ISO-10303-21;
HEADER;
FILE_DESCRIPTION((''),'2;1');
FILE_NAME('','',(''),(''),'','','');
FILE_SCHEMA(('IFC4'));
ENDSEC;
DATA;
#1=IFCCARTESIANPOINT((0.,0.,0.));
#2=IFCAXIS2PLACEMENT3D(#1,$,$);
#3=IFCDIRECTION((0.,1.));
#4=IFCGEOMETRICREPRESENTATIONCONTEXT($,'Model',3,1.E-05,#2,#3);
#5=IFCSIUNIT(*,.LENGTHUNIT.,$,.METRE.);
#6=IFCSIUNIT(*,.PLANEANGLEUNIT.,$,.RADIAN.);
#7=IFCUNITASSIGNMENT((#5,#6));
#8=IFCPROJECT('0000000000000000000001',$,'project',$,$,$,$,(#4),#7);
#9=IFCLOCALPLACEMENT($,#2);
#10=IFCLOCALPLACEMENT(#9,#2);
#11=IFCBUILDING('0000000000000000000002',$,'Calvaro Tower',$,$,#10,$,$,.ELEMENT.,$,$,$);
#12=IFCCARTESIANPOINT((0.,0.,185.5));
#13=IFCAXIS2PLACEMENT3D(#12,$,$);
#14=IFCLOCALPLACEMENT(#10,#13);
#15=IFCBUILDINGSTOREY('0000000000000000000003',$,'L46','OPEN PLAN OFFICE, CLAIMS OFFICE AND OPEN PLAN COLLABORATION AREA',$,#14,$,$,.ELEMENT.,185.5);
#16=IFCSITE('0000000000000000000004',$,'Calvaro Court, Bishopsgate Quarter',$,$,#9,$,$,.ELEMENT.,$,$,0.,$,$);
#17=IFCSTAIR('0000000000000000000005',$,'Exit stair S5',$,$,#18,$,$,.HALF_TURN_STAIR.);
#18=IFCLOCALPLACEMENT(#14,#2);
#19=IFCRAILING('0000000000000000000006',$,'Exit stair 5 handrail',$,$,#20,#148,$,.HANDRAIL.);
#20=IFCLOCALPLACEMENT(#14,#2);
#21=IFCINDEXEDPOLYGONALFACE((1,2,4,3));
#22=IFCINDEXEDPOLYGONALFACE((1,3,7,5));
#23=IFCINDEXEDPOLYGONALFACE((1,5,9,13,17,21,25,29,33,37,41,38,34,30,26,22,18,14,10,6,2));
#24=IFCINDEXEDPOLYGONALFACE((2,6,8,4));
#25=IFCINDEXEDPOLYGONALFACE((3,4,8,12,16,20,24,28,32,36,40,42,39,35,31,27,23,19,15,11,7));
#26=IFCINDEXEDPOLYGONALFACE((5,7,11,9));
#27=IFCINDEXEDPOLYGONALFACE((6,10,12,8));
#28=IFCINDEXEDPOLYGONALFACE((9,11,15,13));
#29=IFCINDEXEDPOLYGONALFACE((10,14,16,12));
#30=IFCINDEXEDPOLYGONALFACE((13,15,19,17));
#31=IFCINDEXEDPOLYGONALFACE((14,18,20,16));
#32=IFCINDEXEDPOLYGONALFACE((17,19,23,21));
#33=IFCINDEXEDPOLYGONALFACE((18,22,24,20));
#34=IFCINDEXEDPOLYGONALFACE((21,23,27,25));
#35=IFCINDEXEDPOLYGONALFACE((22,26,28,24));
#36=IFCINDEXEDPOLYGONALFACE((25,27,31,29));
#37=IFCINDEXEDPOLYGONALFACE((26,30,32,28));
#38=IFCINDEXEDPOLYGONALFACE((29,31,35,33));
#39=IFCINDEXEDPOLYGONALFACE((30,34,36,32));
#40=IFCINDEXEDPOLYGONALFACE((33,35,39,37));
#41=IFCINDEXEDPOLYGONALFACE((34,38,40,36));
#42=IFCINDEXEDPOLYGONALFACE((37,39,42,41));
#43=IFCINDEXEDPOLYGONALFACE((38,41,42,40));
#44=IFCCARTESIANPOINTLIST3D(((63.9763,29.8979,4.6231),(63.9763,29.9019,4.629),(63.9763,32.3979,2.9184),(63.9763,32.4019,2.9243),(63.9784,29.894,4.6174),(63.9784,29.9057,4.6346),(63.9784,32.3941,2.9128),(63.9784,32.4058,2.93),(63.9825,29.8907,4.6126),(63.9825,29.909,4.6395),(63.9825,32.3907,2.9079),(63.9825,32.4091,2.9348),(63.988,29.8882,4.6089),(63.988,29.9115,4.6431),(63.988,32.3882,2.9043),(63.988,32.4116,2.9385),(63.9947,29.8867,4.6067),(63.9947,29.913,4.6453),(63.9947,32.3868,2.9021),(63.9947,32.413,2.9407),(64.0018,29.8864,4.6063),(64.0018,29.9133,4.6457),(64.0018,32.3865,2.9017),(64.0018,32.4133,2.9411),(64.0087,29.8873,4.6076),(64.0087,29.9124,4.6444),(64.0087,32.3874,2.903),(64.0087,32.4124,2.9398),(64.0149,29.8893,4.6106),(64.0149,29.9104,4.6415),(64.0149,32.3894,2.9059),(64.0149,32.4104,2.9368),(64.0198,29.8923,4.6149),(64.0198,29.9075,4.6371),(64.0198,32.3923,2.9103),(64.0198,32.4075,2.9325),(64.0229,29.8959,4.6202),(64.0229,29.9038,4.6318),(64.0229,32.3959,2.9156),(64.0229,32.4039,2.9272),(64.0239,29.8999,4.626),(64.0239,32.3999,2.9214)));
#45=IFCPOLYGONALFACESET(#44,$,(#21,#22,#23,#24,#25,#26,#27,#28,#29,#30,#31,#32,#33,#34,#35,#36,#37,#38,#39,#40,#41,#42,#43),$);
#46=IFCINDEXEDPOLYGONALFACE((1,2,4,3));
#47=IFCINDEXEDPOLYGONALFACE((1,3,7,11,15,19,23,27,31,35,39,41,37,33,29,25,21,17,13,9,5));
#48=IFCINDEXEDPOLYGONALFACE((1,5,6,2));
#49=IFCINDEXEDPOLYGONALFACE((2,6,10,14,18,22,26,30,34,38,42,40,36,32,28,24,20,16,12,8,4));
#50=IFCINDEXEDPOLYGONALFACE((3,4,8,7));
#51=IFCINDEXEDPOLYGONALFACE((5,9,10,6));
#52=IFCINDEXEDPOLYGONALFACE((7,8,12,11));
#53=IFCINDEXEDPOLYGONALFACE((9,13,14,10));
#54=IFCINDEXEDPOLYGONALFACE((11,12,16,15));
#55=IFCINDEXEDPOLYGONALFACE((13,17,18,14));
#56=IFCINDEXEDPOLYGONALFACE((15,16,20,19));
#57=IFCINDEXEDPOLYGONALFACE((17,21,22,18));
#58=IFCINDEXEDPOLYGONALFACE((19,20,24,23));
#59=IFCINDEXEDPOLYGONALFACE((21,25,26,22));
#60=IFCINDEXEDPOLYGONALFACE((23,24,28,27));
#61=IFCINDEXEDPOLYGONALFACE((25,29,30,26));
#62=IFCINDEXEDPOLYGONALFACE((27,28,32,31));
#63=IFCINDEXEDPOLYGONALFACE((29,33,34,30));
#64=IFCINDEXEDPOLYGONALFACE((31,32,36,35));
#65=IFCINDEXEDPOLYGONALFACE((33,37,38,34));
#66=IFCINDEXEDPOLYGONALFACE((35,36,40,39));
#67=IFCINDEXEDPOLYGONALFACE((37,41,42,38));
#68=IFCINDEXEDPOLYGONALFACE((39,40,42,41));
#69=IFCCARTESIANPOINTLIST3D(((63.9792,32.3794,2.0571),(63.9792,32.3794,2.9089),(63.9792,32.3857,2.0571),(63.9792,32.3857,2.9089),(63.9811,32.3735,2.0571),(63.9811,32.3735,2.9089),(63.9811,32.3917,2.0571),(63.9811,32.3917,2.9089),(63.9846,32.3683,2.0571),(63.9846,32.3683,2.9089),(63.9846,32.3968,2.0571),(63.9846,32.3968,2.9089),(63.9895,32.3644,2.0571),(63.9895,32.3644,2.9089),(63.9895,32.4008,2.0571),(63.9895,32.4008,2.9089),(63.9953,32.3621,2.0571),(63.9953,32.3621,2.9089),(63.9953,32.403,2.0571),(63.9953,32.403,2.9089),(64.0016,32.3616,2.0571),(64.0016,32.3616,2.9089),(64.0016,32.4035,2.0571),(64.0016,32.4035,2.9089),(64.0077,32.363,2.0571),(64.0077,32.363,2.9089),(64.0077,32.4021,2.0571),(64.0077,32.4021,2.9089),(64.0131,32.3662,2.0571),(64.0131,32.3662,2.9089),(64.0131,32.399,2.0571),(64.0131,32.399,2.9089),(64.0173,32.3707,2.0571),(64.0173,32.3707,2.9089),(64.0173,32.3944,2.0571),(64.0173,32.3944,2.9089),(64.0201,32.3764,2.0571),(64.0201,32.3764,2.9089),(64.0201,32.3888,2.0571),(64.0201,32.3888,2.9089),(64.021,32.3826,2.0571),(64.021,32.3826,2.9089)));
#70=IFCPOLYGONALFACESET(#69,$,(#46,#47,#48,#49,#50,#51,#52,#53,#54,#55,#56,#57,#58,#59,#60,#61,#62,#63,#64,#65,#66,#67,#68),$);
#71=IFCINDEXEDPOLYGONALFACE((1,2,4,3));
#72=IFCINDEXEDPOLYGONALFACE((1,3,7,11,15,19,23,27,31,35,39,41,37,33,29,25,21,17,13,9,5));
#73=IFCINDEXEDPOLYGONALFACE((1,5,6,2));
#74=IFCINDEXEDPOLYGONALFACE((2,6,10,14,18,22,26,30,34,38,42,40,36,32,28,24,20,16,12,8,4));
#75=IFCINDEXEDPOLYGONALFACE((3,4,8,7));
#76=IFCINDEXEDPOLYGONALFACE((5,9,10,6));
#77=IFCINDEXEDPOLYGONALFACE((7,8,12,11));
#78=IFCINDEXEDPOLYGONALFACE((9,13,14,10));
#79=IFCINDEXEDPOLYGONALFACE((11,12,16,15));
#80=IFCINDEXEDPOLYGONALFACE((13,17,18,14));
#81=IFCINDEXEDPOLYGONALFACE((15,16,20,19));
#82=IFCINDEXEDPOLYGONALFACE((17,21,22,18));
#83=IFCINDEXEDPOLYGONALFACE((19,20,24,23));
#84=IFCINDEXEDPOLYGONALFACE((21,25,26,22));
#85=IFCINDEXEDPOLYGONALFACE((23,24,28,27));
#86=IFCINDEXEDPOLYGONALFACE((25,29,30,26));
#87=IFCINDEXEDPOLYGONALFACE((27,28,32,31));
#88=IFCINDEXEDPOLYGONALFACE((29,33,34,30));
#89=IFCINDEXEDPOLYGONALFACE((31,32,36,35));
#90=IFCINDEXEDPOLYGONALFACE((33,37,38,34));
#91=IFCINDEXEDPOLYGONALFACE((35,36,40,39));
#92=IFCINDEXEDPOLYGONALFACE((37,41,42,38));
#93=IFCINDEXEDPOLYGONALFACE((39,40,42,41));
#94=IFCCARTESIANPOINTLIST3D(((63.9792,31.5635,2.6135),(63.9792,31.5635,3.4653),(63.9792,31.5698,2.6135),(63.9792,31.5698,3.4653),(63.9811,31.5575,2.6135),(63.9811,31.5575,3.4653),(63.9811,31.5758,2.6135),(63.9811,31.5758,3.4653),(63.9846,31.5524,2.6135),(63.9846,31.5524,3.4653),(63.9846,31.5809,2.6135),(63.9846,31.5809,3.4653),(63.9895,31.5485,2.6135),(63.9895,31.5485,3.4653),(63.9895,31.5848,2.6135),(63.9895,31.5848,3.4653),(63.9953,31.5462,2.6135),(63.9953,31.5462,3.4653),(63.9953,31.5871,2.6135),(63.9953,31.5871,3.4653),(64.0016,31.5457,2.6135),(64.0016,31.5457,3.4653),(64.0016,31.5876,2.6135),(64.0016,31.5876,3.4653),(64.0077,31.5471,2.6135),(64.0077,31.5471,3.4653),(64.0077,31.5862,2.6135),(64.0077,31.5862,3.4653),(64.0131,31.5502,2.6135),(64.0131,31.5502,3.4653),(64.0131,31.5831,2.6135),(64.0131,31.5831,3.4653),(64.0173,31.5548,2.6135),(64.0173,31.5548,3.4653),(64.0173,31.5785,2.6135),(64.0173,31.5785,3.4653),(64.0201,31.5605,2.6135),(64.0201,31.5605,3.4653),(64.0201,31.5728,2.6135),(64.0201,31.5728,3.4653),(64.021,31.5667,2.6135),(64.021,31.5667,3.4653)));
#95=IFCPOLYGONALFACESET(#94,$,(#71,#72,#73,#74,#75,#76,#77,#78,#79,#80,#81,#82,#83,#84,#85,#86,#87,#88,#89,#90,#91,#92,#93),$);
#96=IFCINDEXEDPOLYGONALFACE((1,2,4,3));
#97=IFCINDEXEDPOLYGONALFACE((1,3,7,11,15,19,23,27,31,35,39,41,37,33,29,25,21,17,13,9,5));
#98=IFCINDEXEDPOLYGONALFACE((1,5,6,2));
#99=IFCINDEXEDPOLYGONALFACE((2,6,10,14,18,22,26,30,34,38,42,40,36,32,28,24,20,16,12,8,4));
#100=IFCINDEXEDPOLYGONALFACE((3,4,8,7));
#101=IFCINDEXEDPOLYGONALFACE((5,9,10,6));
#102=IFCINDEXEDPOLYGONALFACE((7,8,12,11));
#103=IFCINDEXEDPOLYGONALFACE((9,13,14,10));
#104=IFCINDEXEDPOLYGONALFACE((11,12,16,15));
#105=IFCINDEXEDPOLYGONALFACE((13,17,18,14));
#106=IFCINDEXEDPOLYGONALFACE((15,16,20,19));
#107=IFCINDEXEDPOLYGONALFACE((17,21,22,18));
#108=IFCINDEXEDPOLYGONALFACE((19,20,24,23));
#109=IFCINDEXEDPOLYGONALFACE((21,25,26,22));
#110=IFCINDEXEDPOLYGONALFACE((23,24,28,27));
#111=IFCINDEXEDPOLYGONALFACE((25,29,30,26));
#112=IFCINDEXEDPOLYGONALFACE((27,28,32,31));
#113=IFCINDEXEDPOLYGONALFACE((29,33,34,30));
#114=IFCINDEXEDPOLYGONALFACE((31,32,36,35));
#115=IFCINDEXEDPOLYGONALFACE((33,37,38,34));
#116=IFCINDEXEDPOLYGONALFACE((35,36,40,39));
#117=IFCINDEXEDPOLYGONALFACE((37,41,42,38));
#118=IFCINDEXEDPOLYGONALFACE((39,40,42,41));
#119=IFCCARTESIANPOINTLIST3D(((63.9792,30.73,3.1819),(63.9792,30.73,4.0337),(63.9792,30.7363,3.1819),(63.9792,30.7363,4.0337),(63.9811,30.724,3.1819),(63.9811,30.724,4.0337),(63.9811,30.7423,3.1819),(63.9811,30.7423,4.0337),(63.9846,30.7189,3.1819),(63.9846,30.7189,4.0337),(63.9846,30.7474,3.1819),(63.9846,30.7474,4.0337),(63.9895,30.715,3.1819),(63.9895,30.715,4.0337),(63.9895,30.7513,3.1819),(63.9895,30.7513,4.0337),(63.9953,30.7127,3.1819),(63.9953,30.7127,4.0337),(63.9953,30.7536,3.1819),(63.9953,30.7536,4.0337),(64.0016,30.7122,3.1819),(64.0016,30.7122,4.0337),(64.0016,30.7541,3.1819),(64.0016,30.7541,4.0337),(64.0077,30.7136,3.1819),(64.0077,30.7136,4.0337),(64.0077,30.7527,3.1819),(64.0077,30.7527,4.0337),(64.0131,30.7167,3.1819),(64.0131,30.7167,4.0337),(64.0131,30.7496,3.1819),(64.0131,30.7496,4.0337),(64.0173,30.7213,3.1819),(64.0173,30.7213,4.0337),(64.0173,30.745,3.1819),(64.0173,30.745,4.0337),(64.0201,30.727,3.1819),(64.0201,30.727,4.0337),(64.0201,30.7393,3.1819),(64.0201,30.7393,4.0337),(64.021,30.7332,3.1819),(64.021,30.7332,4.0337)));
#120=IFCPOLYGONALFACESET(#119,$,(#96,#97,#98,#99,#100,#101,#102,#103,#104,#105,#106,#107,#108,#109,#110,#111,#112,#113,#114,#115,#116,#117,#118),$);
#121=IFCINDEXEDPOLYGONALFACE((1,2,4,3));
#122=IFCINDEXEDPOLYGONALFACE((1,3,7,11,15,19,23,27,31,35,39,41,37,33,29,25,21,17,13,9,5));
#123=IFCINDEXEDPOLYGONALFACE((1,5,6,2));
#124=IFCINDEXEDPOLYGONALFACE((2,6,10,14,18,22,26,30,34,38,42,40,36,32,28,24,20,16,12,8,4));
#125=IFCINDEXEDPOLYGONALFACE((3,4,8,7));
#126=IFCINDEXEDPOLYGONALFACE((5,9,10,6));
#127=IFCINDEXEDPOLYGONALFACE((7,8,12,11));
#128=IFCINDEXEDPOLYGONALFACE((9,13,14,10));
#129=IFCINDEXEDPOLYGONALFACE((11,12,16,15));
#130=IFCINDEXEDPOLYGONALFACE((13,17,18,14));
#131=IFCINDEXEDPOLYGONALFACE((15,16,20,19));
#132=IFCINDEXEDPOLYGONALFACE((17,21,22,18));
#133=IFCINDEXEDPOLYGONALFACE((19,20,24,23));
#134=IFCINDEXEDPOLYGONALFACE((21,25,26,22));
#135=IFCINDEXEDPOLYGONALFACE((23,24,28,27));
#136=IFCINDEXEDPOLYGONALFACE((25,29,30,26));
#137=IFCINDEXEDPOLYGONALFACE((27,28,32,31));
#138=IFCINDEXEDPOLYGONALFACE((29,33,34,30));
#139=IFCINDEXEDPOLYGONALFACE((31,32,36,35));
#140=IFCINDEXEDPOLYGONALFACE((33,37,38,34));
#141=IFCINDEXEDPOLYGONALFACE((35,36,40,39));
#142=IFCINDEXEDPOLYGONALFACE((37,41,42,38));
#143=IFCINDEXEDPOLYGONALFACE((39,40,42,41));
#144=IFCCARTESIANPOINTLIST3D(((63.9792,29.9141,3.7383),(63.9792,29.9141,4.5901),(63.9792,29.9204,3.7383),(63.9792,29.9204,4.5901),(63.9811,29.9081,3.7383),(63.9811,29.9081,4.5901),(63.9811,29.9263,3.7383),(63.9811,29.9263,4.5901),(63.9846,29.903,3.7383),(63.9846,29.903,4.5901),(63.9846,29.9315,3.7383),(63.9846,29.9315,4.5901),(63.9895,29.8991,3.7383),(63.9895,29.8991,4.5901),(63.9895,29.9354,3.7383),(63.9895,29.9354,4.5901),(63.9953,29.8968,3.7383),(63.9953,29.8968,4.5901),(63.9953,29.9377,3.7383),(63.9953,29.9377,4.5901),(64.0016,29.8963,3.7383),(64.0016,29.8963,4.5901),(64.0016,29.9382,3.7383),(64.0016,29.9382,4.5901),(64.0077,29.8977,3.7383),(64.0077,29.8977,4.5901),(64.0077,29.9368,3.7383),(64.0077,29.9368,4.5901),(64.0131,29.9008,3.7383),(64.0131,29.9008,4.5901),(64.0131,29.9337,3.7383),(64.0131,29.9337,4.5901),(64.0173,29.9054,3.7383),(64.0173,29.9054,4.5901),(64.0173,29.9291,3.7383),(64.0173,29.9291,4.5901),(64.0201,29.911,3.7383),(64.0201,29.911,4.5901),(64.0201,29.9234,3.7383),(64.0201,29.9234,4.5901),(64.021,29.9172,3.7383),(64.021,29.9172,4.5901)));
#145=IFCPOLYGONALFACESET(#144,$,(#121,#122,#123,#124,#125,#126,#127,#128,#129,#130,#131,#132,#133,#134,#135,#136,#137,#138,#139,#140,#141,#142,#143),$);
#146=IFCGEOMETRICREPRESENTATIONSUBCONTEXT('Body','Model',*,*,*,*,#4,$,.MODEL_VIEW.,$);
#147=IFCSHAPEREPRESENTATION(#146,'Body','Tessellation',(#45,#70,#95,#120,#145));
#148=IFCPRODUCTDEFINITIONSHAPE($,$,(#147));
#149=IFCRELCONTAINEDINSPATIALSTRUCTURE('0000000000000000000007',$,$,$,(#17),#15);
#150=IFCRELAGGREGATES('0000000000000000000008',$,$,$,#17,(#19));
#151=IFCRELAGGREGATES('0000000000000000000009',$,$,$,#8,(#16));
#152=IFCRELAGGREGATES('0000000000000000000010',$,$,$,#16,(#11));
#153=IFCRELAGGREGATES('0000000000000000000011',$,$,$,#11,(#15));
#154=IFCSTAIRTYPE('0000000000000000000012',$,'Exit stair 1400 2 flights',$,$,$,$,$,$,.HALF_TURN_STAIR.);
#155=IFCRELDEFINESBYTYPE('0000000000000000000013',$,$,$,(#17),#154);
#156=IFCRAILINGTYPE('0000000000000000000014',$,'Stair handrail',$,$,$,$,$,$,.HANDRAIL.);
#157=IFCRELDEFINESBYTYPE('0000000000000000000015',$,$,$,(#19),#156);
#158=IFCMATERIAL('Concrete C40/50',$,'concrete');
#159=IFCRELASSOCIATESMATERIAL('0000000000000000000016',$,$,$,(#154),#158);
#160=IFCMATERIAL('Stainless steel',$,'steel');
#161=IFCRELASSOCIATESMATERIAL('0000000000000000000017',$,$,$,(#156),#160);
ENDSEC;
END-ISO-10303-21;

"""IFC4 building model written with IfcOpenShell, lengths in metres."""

from ifc_helpers import new_model, si_unit, direction, frame, origin, origin_2d, place, context, subcontext, project, spatial, circle, extrude, material, type_object, element, aggregate, save


model = new_model("IFC4")

# Units and contexts
model_context = context("Model", 3, precision=1e-05, world=origin(), true_north=direction((0.0, 1.0)))
body_context = subcontext(model_context, "Body", "Model", "MODEL_VIEW")
ifc_project = project(units=[si_unit("LENGTHUNIT", "METRE"), si_unit("PLANEANGLEUNIT", "RADIAN")], contexts=[model_context])

# Site, building, storey
site_placement = place(None, origin())
site = spatial("IfcSite", under=ifc_project, at=site_placement, Name="Calvaro Court, Bishopsgate Quarter", CompositionType="ELEMENT", RefElevation=0.0)
building_placement = place(site_placement, origin())
building = spatial("IfcBuilding", under=site, at=building_placement, Name="Calvaro Tower", CompositionType="ELEMENT")
storey_placement = place(building_placement, frame((0.0, 0.0, 185.5)))
storey = spatial("IfcBuildingStorey", under=building, at=storey_placement, Name="L46", Description="OPEN PLAN OFFICE, CLAIMS OFFICE AND OPEN PLAN COLLABORATION AREA", CompositionType="ELEMENT", Elevation=185.5)

# Stair, railing
ifc_material_1 = material(Name="Concrete C40/50", Category="concrete")
stair_type = type_object("IfcStairType", Name="Exit stair 1400 2 flights", PredefinedType="HALF_TURN_STAIR", material=ifc_material_1)
stair_placement = place(storey_placement, origin())
stair = element("IfcStair", 1, at=stair_placement, inside=storey, type_object=stair_type, Name="Exit stair S5", PredefinedType="HALF_TURN_STAIR")
ifc_material_2 = material(Name="Stainless steel", Category="steel")
railing_type = type_object("IfcRailingType", Name="Stair handrail", PredefinedType="HANDRAIL", material=ifc_material_2)
railing_placement = place(storey_placement, frame((64.0, 32.3999, 2.0454)))
railing = element("IfcRailing", 2, at=railing_placement, type_object=railing_type, Name="Exit stair 5 handrail", PredefinedType="HANDRAIL", context=body_context, shape_type="SweptSolid", body=[
    extrude(circle(Radius=0.0239, at=origin_2d()), frame((0.0, 0.0, 0.876), z_axis=(0.0, -0.826221, 0.563347), x_axis=(1.0, 0.0, 0.0)), (0.0, 0.0, 1.0), 3.0259),
    extrude(circle(Radius=0.021, at=origin_2d()), frame((0.0, -0.0173, 0.0117)), (0.0, 0.0, 1.0), 0.8518),
    extrude(circle(Radius=0.021, at=origin_2d()), frame((0.0, -0.8333, 0.5681)), (0.0, 0.0, 1.0), 0.8518),
    extrude(circle(Radius=0.021, at=origin_2d()), frame((0.0, -1.6667, 1.1365)), (0.0, 0.0, 1.0), 0.8518),
    extrude(circle(Radius=0.021, at=origin_2d()), frame((0.0, -2.4827, 1.6929)), (0.0, 0.0, 1.0), 0.8518),
])
aggregate(stair, [railing])

save(model, "model.ifc")
